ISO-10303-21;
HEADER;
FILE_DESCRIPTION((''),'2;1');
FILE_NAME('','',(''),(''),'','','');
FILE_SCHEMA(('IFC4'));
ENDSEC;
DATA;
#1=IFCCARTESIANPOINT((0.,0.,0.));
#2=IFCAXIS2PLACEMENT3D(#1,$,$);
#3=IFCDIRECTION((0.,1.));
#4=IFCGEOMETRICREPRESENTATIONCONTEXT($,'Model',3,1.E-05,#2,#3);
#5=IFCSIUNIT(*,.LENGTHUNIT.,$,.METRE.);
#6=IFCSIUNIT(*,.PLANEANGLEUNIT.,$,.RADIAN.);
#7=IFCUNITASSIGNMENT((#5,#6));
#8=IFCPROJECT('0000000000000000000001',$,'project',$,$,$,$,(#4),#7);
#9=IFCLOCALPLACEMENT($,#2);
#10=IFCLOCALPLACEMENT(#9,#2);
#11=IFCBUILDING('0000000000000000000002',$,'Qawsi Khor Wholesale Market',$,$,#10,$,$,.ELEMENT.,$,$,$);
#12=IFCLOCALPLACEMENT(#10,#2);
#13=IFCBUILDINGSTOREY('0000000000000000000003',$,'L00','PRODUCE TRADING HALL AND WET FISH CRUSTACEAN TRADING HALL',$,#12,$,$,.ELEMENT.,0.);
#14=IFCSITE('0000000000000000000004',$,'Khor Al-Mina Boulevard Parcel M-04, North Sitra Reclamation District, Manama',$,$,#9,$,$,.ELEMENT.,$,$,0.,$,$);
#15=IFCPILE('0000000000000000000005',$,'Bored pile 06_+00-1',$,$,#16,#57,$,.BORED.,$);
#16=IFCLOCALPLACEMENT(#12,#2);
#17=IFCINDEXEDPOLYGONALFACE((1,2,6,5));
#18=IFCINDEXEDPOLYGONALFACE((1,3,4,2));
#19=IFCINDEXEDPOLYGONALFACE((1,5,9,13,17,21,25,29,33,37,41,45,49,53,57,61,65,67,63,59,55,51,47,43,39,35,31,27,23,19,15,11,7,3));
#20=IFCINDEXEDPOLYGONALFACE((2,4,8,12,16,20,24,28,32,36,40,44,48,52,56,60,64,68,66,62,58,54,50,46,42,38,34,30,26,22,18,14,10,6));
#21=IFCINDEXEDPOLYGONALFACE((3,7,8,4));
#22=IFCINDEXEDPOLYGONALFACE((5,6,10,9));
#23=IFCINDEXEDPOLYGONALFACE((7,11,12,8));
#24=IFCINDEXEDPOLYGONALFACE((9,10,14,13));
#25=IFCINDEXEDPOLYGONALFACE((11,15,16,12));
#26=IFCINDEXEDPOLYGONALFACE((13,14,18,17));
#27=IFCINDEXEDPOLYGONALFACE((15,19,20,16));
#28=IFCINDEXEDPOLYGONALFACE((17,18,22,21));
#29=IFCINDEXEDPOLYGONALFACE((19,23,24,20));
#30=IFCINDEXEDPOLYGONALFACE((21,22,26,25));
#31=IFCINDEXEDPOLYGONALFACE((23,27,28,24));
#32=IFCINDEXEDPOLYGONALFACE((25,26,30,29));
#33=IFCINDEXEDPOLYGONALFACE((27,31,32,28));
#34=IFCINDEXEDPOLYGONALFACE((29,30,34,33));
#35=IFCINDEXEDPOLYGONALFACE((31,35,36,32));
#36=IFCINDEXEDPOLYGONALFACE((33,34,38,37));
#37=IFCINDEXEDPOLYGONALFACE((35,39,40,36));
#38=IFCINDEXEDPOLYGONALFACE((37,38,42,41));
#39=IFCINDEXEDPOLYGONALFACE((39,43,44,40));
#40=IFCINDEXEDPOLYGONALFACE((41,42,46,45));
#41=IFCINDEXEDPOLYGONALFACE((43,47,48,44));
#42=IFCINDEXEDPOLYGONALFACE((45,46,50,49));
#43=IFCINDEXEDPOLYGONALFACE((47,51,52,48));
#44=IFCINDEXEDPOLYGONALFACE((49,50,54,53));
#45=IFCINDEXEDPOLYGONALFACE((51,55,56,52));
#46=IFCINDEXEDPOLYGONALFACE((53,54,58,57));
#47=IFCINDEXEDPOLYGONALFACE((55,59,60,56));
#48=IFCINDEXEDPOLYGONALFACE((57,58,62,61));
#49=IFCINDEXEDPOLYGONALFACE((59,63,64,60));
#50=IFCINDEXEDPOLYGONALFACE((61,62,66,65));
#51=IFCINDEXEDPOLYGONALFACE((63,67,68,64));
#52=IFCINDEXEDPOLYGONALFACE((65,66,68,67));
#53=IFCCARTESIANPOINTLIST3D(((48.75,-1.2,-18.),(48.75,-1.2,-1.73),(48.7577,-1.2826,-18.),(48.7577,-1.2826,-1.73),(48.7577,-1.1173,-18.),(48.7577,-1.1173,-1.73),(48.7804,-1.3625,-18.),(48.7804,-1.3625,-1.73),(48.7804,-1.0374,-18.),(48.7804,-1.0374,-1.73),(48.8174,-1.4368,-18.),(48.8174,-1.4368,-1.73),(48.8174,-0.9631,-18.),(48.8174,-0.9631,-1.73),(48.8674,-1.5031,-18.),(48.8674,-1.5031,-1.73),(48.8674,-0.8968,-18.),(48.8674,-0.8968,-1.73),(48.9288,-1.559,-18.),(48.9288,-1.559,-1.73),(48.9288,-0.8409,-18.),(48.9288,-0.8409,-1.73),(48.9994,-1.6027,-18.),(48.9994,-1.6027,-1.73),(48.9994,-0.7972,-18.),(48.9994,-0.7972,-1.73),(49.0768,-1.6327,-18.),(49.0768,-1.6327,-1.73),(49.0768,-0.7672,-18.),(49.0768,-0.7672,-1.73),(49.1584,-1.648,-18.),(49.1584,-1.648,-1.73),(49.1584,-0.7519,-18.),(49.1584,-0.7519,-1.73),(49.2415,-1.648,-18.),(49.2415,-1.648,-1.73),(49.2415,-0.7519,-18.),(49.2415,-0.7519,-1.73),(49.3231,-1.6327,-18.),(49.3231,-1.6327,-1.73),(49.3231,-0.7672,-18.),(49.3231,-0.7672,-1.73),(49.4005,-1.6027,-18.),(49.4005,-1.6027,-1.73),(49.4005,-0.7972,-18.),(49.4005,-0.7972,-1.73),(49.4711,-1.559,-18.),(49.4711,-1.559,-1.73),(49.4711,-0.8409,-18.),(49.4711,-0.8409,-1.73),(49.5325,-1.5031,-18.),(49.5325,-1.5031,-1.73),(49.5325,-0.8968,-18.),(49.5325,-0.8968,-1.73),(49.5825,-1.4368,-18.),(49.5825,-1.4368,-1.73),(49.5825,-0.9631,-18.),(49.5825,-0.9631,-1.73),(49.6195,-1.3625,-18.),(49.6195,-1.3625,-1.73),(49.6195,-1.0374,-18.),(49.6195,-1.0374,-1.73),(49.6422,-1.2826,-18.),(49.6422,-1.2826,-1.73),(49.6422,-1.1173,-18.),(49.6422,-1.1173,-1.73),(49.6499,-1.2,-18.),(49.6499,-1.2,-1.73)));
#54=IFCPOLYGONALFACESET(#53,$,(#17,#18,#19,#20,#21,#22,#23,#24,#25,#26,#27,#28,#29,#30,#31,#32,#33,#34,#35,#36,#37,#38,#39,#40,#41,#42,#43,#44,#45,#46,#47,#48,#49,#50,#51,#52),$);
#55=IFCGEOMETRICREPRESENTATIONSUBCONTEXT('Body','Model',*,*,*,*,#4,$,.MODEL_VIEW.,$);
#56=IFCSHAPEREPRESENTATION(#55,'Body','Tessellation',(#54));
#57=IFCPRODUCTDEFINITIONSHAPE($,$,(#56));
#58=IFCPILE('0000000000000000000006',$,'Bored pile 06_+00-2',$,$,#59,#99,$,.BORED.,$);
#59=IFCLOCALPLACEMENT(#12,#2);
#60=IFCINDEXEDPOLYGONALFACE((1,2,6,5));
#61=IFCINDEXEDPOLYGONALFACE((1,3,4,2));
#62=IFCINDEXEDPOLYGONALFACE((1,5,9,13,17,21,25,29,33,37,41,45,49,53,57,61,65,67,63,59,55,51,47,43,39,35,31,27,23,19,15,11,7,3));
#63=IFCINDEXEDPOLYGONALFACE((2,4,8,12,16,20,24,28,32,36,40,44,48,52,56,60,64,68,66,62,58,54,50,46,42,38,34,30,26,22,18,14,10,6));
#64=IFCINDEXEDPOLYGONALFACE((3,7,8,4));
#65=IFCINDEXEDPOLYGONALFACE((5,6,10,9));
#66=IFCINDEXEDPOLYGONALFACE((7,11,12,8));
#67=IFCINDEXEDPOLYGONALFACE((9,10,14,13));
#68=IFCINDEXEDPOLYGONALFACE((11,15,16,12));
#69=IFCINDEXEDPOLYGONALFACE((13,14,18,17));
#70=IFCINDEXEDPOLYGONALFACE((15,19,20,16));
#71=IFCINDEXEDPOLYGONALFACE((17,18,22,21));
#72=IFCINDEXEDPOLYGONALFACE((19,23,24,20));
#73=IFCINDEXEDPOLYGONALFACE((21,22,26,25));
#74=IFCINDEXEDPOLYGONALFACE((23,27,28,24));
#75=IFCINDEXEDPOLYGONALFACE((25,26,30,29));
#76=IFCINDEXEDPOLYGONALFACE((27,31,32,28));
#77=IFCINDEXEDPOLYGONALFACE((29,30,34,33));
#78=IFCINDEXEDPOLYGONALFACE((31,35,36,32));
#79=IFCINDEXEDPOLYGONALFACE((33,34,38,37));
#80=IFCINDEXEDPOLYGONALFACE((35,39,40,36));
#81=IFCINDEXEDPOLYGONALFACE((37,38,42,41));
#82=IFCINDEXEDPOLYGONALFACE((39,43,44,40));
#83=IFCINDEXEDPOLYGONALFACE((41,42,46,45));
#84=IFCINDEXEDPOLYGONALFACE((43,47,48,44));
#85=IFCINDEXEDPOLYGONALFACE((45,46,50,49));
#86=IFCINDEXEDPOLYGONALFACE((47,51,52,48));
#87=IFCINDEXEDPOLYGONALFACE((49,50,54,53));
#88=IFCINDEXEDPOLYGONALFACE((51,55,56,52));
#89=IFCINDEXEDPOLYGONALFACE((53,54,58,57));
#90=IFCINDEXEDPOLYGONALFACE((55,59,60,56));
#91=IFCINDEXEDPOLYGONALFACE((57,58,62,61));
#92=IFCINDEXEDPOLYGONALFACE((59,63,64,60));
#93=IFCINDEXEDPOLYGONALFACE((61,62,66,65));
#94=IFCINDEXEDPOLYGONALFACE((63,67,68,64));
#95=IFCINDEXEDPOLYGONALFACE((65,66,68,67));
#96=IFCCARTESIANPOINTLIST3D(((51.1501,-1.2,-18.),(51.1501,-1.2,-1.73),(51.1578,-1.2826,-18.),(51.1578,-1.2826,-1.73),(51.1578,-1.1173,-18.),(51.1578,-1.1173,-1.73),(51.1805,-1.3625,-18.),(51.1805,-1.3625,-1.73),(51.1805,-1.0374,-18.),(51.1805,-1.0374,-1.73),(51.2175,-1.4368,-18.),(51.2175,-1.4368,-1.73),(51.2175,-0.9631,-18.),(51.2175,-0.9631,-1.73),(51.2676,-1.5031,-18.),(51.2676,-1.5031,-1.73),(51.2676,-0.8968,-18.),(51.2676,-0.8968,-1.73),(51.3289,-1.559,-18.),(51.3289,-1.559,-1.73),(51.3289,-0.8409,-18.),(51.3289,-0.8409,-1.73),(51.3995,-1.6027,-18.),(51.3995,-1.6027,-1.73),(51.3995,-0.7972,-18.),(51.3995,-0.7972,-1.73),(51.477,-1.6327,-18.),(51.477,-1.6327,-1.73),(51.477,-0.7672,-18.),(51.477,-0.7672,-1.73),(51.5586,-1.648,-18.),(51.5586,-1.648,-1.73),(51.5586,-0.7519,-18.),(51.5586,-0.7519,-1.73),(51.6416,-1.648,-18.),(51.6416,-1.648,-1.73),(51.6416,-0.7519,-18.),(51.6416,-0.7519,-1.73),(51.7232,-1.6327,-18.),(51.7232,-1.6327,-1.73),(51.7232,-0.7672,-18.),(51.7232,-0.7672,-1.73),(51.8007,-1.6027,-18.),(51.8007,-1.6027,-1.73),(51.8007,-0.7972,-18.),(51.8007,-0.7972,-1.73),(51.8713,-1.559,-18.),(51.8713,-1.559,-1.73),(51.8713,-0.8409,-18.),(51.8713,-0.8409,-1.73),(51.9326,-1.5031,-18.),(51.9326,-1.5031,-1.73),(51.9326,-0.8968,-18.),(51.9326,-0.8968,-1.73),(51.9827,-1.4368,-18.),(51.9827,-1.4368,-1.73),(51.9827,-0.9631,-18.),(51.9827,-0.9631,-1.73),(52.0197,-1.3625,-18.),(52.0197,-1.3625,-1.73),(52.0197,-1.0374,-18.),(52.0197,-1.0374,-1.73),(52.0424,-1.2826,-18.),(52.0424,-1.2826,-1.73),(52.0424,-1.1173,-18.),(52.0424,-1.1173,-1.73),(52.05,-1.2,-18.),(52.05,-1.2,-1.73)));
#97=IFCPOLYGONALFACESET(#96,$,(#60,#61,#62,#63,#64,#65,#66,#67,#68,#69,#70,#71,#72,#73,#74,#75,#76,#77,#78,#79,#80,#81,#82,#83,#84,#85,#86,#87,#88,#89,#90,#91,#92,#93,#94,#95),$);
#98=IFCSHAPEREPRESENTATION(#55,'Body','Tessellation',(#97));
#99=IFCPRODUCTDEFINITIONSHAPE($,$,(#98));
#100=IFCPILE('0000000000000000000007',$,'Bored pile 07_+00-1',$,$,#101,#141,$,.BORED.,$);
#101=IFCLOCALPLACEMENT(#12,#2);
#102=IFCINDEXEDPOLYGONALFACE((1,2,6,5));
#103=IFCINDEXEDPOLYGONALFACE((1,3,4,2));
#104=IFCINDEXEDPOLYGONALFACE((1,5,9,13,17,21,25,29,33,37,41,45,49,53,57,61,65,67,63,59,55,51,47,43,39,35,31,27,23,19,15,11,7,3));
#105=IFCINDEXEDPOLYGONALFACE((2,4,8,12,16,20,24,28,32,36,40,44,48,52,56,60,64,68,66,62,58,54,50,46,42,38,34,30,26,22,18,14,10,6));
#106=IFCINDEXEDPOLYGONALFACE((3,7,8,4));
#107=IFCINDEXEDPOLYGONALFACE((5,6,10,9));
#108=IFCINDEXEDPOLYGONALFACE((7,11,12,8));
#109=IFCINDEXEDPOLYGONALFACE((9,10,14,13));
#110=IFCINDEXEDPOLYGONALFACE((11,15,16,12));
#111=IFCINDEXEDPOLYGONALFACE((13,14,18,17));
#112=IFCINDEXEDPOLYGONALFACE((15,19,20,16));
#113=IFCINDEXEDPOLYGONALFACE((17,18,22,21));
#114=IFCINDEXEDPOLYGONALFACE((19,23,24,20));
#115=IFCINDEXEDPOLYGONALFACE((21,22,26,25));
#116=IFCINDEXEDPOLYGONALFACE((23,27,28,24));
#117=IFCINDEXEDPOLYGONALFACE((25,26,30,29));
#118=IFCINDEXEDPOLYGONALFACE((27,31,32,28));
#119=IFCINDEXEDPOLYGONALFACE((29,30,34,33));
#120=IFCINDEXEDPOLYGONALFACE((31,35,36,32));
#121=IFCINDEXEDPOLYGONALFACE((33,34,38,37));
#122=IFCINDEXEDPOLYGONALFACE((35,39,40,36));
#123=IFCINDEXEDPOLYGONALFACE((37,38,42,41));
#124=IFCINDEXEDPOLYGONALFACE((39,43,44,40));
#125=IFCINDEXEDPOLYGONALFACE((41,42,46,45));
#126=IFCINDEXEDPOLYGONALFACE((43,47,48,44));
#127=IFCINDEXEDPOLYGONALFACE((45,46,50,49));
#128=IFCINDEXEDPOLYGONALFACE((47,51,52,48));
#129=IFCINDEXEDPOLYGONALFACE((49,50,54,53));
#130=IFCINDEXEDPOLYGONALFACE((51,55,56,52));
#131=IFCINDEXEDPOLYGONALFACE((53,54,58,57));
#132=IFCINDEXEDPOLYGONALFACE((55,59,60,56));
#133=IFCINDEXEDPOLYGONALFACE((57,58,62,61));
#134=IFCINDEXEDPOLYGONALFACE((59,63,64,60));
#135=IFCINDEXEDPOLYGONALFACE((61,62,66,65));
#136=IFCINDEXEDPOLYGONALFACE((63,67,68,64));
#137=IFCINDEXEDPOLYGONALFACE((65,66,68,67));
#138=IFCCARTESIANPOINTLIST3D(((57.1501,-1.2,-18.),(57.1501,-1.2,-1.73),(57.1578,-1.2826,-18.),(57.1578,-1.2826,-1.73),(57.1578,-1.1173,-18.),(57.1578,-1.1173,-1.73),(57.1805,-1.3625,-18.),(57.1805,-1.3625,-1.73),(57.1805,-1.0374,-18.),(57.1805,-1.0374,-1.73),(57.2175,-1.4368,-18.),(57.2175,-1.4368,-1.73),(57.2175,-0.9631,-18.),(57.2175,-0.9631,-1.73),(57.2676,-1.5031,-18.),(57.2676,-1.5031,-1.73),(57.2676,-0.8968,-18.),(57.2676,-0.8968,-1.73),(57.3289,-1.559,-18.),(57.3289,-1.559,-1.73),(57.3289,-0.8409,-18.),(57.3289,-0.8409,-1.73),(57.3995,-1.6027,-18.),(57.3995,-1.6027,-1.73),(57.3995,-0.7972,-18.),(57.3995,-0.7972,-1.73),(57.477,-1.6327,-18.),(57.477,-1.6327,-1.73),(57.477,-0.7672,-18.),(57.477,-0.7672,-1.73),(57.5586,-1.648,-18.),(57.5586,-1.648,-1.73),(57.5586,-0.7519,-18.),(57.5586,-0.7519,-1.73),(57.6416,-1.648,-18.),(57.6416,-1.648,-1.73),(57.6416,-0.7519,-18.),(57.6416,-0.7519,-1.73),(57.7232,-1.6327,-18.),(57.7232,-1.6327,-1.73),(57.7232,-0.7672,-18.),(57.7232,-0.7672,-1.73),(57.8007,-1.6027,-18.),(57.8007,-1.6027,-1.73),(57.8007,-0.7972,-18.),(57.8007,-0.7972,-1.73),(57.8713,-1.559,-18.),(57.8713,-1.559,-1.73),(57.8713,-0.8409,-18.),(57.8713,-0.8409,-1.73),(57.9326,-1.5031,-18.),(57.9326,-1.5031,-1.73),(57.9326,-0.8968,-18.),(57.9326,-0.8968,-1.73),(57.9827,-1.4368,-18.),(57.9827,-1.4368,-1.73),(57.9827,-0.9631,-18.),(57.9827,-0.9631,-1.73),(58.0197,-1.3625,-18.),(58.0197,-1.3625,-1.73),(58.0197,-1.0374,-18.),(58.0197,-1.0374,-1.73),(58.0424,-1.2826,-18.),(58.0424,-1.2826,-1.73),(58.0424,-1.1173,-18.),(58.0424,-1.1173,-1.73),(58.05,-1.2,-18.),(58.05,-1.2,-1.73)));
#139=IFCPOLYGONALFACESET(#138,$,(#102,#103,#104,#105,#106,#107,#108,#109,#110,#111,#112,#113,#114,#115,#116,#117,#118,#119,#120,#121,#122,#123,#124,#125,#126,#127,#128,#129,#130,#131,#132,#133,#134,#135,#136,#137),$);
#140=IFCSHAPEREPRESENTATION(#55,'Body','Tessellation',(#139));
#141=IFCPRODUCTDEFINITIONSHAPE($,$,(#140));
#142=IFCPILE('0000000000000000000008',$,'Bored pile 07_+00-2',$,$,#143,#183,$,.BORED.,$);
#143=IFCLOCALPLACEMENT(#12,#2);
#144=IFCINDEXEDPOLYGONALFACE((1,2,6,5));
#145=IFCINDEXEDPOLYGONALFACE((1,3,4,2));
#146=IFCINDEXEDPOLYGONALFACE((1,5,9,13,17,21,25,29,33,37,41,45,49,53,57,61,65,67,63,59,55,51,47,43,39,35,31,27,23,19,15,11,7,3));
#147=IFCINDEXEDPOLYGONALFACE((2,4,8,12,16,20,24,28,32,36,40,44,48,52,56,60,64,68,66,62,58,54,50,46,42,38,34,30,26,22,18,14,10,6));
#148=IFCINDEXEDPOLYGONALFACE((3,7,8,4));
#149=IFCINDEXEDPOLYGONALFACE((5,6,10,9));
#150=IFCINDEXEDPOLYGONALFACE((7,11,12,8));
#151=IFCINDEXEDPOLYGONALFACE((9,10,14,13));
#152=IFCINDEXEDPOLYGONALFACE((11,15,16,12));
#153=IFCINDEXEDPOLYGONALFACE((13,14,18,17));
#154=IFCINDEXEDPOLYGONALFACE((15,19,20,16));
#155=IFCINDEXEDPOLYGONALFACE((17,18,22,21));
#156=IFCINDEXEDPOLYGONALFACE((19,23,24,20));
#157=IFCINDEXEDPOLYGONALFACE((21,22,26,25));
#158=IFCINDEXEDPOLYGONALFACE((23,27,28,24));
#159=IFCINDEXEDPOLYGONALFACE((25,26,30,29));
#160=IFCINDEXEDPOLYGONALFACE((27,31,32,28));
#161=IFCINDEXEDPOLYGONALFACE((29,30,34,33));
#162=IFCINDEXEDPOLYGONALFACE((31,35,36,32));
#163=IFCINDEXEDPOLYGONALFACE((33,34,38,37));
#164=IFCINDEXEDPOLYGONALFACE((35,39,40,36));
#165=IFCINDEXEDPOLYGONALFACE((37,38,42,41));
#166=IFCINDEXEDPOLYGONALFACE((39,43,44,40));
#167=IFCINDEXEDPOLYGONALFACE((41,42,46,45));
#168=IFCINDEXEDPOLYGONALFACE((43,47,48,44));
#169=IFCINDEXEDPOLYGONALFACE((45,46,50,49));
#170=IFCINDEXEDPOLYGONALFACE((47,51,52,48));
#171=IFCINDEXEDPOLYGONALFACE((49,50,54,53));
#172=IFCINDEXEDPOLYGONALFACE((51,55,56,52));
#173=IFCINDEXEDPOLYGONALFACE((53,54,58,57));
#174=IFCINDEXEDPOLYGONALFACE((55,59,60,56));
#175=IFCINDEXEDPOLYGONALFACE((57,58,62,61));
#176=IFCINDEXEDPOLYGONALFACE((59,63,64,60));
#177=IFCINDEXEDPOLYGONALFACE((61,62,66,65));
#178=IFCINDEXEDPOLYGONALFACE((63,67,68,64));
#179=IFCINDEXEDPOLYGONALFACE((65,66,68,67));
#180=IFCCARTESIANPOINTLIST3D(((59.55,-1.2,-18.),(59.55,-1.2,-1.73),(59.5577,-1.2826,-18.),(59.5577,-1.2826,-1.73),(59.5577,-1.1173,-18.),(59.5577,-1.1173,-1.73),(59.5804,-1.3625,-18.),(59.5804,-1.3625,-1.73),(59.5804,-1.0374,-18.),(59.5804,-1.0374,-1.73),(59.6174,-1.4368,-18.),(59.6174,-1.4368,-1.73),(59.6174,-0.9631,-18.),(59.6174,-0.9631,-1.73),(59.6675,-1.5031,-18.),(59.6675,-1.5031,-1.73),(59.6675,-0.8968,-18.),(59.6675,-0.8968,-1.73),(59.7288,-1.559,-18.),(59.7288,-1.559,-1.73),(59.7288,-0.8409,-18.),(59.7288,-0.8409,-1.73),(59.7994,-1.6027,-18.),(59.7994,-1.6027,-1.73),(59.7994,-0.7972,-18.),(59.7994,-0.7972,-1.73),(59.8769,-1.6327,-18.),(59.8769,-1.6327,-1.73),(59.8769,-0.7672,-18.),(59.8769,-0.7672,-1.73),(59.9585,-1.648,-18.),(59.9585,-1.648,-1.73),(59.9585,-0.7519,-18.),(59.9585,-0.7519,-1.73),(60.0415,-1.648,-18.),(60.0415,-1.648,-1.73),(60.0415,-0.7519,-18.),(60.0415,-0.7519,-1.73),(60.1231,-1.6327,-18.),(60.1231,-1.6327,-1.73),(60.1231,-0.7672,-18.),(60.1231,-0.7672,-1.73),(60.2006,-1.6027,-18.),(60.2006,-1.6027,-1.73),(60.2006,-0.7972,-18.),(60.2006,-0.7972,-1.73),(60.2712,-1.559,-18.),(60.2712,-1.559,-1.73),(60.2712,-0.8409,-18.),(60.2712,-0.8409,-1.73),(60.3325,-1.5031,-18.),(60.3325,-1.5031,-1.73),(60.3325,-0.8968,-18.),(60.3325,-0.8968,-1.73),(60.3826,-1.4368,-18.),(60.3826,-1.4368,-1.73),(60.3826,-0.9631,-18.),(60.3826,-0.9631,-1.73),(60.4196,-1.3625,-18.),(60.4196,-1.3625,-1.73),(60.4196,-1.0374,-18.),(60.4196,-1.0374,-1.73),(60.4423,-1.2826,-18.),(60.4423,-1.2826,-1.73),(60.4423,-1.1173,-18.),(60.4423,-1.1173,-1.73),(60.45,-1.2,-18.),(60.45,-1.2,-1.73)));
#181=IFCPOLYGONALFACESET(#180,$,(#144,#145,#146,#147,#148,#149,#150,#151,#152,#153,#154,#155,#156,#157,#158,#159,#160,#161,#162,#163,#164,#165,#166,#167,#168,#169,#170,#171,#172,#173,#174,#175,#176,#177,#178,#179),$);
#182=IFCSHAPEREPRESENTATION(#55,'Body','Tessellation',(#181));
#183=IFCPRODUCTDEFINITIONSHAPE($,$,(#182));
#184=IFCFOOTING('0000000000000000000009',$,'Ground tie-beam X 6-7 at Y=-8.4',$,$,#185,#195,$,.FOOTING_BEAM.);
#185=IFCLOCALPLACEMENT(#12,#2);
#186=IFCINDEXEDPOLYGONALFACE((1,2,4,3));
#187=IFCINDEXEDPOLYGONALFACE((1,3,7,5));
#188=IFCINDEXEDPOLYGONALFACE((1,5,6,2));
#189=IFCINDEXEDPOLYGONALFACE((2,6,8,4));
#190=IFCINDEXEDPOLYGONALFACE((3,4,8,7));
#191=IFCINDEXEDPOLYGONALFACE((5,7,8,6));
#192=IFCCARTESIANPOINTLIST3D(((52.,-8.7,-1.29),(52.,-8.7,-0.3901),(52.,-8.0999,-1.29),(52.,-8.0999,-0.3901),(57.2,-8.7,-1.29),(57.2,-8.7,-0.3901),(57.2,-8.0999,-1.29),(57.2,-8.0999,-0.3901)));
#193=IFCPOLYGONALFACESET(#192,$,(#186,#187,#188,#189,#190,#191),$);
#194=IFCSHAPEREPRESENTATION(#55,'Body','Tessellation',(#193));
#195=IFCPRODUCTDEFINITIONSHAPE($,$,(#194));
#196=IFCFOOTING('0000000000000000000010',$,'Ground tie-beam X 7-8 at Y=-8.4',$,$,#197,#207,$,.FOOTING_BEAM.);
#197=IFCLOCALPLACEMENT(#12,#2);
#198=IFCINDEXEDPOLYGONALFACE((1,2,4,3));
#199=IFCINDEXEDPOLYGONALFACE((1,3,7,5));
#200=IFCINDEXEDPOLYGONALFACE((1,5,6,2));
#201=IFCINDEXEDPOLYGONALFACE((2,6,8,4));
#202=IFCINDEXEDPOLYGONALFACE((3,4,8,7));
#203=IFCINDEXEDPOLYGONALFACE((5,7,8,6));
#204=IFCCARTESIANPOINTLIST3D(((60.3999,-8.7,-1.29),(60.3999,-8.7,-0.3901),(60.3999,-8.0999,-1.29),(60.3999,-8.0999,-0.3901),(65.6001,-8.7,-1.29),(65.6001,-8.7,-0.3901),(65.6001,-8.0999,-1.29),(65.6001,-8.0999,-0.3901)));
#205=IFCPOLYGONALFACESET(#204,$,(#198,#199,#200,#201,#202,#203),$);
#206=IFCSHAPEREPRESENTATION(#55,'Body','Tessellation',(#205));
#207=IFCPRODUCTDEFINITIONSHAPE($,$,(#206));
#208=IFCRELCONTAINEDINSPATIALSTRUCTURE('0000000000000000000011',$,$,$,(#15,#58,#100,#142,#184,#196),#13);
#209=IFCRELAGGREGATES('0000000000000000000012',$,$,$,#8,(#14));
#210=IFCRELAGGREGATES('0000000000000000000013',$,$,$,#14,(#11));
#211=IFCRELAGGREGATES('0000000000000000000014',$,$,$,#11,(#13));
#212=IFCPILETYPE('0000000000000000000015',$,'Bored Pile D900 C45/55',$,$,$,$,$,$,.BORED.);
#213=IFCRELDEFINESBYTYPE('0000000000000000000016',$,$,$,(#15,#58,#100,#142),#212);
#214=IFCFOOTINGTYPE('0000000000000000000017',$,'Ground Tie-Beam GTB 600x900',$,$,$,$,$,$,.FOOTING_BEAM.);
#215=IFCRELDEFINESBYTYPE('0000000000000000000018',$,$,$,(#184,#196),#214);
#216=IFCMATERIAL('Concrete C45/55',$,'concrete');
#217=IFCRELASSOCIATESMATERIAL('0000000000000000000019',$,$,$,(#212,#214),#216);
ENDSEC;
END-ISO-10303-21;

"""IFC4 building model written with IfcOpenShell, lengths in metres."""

from ifc_helpers import new_model, si_unit, direction, frame, origin, origin_2d, place, context, subcontext, project, spatial, rectangle, circle, extrude, material, material_profile, profile_set, type_object, element, save


model = new_model("IFC4")

# Units and contexts
model_context = context("Model", 3, precision=1e-05, world=origin(), true_north=direction((0.0, 1.0)))
body_context = subcontext(model_context, "Body", "Model", "MODEL_VIEW")
ifc_project = project(units=[si_unit("LENGTHUNIT", "METRE"), si_unit("PLANEANGLEUNIT", "RADIAN")], contexts=[model_context])

# Site, building, storey
site_placement = place(None, origin())
site = spatial("IfcSite", under=ifc_project, at=site_placement, Name="Khor Al-Mina Boulevard Parcel M-04, North Sitra Reclamation District, Manama", CompositionType="ELEMENT", RefElevation=0.0)
building_placement = place(site_placement, origin())
building = spatial("IfcBuilding", under=site, at=building_placement, Name="Qawsi Khor Wholesale Market", CompositionType="ELEMENT")
storey_placement = place(building_placement, origin())
storey = spatial("IfcBuildingStorey", under=building, at=storey_placement, Name="L00", Description="PRODUCE TRADING HALL AND WET FISH CRUSTACEAN TRADING HALL", CompositionType="ELEMENT", Elevation=0.0)

# Piles
ifc_material_1 = material(Name="Concrete C45/55", Category="concrete")
ifc_material_profile_1 = material_profile(ifc_material_1, circle(Radius=0.45, at=origin_2d()), Name="PILE D900")
ifc_profile_set_1 = profile_set([ifc_material_profile_1], Name="Concrete C45/55")
pile_type_1 = type_object("IfcPileType", Name="Bored Pile D900 C45/55", PredefinedType="BORED", material=ifc_profile_set_1)
for number, where, z_axis, x_axis, name in (
    (1, (49.2, -1.2, -1.73), (0.0, 0.0, -1.0), (1.0, 0.0, 0.0), "Bored pile 06_+00-1"),
    (2, (51.6001, -1.2, -1.73), (0.0, 0.0, -1.0), (1.0, 0.0, 0.0), "Bored pile 06_+00-2"),
    (3, (57.6001, -1.2, -1.73), (0.0, 0.0, -1.0), (1.0, 0.0, 0.0), "Bored pile 07_+00-1"),
    (4, (60.0, -1.2, -1.73), (0.0, 0.0, -1.0), (1.0, 0.0, 0.0), "Bored pile 07_+00-2"),
):
    element("IfcPile", number, at=place(storey_placement, frame(where, z_axis=z_axis, x_axis=x_axis)), inside=storey, type_object=pile_type_1, Name=name, PredefinedType="BORED", context=body_context, shape_type="SweptSolid", body=[
        extrude(circle(Radius=0.45, at=origin_2d()), origin(), (0.0, 0.0, 1.0), 16.27),
    ])

# Footings
ifc_material_profile_2 = material_profile(ifc_material_1, rectangle(XDim=0.6001, YDim=0.8999, at=origin_2d()), Name="RC 600x900")
ifc_profile_set_2 = profile_set([ifc_material_profile_2], Name="Concrete C45/55")
footing_type_1 = type_object("IfcFootingType", Name="Ground Tie-Beam GTB 600x900", PredefinedType="FOOTING_BEAM", material=ifc_profile_set_2)
footing_1_placement = place(storey_placement, frame((52.0, -8.3999, -0.8401), z_axis=(1.0, 0.0, 0.0), x_axis=(0.0, 1.0, 0.0)))
element("IfcFooting", 5, at=footing_1_placement, inside=storey, type_object=footing_type_1, Name="Ground tie-beam X 6-7 at Y=-8.4", PredefinedType="FOOTING_BEAM", context=body_context, shape_type="SweptSolid", body=[
    extrude(rectangle(XDim=0.6001, YDim=0.8999, at=origin_2d()), origin(), (0.0, 0.0, 1.0), 5.2),
])
footing_2_placement = place(storey_placement, frame((60.3999, -8.3999, -0.8401), z_axis=(1.0, 0.0, 0.0), x_axis=(0.0, 1.0, 0.0)))
element("IfcFooting", 6, at=footing_2_placement, inside=storey, type_object=footing_type_1, Name="Ground tie-beam X 7-8 at Y=-8.4", PredefinedType="FOOTING_BEAM", context=body_context, shape_type="SweptSolid", body=[
    extrude(rectangle(XDim=0.6001, YDim=0.8999, at=origin_2d()), origin(), (0.0, 0.0, 1.0), 5.2002),
])

save(model, "model.ifc")
